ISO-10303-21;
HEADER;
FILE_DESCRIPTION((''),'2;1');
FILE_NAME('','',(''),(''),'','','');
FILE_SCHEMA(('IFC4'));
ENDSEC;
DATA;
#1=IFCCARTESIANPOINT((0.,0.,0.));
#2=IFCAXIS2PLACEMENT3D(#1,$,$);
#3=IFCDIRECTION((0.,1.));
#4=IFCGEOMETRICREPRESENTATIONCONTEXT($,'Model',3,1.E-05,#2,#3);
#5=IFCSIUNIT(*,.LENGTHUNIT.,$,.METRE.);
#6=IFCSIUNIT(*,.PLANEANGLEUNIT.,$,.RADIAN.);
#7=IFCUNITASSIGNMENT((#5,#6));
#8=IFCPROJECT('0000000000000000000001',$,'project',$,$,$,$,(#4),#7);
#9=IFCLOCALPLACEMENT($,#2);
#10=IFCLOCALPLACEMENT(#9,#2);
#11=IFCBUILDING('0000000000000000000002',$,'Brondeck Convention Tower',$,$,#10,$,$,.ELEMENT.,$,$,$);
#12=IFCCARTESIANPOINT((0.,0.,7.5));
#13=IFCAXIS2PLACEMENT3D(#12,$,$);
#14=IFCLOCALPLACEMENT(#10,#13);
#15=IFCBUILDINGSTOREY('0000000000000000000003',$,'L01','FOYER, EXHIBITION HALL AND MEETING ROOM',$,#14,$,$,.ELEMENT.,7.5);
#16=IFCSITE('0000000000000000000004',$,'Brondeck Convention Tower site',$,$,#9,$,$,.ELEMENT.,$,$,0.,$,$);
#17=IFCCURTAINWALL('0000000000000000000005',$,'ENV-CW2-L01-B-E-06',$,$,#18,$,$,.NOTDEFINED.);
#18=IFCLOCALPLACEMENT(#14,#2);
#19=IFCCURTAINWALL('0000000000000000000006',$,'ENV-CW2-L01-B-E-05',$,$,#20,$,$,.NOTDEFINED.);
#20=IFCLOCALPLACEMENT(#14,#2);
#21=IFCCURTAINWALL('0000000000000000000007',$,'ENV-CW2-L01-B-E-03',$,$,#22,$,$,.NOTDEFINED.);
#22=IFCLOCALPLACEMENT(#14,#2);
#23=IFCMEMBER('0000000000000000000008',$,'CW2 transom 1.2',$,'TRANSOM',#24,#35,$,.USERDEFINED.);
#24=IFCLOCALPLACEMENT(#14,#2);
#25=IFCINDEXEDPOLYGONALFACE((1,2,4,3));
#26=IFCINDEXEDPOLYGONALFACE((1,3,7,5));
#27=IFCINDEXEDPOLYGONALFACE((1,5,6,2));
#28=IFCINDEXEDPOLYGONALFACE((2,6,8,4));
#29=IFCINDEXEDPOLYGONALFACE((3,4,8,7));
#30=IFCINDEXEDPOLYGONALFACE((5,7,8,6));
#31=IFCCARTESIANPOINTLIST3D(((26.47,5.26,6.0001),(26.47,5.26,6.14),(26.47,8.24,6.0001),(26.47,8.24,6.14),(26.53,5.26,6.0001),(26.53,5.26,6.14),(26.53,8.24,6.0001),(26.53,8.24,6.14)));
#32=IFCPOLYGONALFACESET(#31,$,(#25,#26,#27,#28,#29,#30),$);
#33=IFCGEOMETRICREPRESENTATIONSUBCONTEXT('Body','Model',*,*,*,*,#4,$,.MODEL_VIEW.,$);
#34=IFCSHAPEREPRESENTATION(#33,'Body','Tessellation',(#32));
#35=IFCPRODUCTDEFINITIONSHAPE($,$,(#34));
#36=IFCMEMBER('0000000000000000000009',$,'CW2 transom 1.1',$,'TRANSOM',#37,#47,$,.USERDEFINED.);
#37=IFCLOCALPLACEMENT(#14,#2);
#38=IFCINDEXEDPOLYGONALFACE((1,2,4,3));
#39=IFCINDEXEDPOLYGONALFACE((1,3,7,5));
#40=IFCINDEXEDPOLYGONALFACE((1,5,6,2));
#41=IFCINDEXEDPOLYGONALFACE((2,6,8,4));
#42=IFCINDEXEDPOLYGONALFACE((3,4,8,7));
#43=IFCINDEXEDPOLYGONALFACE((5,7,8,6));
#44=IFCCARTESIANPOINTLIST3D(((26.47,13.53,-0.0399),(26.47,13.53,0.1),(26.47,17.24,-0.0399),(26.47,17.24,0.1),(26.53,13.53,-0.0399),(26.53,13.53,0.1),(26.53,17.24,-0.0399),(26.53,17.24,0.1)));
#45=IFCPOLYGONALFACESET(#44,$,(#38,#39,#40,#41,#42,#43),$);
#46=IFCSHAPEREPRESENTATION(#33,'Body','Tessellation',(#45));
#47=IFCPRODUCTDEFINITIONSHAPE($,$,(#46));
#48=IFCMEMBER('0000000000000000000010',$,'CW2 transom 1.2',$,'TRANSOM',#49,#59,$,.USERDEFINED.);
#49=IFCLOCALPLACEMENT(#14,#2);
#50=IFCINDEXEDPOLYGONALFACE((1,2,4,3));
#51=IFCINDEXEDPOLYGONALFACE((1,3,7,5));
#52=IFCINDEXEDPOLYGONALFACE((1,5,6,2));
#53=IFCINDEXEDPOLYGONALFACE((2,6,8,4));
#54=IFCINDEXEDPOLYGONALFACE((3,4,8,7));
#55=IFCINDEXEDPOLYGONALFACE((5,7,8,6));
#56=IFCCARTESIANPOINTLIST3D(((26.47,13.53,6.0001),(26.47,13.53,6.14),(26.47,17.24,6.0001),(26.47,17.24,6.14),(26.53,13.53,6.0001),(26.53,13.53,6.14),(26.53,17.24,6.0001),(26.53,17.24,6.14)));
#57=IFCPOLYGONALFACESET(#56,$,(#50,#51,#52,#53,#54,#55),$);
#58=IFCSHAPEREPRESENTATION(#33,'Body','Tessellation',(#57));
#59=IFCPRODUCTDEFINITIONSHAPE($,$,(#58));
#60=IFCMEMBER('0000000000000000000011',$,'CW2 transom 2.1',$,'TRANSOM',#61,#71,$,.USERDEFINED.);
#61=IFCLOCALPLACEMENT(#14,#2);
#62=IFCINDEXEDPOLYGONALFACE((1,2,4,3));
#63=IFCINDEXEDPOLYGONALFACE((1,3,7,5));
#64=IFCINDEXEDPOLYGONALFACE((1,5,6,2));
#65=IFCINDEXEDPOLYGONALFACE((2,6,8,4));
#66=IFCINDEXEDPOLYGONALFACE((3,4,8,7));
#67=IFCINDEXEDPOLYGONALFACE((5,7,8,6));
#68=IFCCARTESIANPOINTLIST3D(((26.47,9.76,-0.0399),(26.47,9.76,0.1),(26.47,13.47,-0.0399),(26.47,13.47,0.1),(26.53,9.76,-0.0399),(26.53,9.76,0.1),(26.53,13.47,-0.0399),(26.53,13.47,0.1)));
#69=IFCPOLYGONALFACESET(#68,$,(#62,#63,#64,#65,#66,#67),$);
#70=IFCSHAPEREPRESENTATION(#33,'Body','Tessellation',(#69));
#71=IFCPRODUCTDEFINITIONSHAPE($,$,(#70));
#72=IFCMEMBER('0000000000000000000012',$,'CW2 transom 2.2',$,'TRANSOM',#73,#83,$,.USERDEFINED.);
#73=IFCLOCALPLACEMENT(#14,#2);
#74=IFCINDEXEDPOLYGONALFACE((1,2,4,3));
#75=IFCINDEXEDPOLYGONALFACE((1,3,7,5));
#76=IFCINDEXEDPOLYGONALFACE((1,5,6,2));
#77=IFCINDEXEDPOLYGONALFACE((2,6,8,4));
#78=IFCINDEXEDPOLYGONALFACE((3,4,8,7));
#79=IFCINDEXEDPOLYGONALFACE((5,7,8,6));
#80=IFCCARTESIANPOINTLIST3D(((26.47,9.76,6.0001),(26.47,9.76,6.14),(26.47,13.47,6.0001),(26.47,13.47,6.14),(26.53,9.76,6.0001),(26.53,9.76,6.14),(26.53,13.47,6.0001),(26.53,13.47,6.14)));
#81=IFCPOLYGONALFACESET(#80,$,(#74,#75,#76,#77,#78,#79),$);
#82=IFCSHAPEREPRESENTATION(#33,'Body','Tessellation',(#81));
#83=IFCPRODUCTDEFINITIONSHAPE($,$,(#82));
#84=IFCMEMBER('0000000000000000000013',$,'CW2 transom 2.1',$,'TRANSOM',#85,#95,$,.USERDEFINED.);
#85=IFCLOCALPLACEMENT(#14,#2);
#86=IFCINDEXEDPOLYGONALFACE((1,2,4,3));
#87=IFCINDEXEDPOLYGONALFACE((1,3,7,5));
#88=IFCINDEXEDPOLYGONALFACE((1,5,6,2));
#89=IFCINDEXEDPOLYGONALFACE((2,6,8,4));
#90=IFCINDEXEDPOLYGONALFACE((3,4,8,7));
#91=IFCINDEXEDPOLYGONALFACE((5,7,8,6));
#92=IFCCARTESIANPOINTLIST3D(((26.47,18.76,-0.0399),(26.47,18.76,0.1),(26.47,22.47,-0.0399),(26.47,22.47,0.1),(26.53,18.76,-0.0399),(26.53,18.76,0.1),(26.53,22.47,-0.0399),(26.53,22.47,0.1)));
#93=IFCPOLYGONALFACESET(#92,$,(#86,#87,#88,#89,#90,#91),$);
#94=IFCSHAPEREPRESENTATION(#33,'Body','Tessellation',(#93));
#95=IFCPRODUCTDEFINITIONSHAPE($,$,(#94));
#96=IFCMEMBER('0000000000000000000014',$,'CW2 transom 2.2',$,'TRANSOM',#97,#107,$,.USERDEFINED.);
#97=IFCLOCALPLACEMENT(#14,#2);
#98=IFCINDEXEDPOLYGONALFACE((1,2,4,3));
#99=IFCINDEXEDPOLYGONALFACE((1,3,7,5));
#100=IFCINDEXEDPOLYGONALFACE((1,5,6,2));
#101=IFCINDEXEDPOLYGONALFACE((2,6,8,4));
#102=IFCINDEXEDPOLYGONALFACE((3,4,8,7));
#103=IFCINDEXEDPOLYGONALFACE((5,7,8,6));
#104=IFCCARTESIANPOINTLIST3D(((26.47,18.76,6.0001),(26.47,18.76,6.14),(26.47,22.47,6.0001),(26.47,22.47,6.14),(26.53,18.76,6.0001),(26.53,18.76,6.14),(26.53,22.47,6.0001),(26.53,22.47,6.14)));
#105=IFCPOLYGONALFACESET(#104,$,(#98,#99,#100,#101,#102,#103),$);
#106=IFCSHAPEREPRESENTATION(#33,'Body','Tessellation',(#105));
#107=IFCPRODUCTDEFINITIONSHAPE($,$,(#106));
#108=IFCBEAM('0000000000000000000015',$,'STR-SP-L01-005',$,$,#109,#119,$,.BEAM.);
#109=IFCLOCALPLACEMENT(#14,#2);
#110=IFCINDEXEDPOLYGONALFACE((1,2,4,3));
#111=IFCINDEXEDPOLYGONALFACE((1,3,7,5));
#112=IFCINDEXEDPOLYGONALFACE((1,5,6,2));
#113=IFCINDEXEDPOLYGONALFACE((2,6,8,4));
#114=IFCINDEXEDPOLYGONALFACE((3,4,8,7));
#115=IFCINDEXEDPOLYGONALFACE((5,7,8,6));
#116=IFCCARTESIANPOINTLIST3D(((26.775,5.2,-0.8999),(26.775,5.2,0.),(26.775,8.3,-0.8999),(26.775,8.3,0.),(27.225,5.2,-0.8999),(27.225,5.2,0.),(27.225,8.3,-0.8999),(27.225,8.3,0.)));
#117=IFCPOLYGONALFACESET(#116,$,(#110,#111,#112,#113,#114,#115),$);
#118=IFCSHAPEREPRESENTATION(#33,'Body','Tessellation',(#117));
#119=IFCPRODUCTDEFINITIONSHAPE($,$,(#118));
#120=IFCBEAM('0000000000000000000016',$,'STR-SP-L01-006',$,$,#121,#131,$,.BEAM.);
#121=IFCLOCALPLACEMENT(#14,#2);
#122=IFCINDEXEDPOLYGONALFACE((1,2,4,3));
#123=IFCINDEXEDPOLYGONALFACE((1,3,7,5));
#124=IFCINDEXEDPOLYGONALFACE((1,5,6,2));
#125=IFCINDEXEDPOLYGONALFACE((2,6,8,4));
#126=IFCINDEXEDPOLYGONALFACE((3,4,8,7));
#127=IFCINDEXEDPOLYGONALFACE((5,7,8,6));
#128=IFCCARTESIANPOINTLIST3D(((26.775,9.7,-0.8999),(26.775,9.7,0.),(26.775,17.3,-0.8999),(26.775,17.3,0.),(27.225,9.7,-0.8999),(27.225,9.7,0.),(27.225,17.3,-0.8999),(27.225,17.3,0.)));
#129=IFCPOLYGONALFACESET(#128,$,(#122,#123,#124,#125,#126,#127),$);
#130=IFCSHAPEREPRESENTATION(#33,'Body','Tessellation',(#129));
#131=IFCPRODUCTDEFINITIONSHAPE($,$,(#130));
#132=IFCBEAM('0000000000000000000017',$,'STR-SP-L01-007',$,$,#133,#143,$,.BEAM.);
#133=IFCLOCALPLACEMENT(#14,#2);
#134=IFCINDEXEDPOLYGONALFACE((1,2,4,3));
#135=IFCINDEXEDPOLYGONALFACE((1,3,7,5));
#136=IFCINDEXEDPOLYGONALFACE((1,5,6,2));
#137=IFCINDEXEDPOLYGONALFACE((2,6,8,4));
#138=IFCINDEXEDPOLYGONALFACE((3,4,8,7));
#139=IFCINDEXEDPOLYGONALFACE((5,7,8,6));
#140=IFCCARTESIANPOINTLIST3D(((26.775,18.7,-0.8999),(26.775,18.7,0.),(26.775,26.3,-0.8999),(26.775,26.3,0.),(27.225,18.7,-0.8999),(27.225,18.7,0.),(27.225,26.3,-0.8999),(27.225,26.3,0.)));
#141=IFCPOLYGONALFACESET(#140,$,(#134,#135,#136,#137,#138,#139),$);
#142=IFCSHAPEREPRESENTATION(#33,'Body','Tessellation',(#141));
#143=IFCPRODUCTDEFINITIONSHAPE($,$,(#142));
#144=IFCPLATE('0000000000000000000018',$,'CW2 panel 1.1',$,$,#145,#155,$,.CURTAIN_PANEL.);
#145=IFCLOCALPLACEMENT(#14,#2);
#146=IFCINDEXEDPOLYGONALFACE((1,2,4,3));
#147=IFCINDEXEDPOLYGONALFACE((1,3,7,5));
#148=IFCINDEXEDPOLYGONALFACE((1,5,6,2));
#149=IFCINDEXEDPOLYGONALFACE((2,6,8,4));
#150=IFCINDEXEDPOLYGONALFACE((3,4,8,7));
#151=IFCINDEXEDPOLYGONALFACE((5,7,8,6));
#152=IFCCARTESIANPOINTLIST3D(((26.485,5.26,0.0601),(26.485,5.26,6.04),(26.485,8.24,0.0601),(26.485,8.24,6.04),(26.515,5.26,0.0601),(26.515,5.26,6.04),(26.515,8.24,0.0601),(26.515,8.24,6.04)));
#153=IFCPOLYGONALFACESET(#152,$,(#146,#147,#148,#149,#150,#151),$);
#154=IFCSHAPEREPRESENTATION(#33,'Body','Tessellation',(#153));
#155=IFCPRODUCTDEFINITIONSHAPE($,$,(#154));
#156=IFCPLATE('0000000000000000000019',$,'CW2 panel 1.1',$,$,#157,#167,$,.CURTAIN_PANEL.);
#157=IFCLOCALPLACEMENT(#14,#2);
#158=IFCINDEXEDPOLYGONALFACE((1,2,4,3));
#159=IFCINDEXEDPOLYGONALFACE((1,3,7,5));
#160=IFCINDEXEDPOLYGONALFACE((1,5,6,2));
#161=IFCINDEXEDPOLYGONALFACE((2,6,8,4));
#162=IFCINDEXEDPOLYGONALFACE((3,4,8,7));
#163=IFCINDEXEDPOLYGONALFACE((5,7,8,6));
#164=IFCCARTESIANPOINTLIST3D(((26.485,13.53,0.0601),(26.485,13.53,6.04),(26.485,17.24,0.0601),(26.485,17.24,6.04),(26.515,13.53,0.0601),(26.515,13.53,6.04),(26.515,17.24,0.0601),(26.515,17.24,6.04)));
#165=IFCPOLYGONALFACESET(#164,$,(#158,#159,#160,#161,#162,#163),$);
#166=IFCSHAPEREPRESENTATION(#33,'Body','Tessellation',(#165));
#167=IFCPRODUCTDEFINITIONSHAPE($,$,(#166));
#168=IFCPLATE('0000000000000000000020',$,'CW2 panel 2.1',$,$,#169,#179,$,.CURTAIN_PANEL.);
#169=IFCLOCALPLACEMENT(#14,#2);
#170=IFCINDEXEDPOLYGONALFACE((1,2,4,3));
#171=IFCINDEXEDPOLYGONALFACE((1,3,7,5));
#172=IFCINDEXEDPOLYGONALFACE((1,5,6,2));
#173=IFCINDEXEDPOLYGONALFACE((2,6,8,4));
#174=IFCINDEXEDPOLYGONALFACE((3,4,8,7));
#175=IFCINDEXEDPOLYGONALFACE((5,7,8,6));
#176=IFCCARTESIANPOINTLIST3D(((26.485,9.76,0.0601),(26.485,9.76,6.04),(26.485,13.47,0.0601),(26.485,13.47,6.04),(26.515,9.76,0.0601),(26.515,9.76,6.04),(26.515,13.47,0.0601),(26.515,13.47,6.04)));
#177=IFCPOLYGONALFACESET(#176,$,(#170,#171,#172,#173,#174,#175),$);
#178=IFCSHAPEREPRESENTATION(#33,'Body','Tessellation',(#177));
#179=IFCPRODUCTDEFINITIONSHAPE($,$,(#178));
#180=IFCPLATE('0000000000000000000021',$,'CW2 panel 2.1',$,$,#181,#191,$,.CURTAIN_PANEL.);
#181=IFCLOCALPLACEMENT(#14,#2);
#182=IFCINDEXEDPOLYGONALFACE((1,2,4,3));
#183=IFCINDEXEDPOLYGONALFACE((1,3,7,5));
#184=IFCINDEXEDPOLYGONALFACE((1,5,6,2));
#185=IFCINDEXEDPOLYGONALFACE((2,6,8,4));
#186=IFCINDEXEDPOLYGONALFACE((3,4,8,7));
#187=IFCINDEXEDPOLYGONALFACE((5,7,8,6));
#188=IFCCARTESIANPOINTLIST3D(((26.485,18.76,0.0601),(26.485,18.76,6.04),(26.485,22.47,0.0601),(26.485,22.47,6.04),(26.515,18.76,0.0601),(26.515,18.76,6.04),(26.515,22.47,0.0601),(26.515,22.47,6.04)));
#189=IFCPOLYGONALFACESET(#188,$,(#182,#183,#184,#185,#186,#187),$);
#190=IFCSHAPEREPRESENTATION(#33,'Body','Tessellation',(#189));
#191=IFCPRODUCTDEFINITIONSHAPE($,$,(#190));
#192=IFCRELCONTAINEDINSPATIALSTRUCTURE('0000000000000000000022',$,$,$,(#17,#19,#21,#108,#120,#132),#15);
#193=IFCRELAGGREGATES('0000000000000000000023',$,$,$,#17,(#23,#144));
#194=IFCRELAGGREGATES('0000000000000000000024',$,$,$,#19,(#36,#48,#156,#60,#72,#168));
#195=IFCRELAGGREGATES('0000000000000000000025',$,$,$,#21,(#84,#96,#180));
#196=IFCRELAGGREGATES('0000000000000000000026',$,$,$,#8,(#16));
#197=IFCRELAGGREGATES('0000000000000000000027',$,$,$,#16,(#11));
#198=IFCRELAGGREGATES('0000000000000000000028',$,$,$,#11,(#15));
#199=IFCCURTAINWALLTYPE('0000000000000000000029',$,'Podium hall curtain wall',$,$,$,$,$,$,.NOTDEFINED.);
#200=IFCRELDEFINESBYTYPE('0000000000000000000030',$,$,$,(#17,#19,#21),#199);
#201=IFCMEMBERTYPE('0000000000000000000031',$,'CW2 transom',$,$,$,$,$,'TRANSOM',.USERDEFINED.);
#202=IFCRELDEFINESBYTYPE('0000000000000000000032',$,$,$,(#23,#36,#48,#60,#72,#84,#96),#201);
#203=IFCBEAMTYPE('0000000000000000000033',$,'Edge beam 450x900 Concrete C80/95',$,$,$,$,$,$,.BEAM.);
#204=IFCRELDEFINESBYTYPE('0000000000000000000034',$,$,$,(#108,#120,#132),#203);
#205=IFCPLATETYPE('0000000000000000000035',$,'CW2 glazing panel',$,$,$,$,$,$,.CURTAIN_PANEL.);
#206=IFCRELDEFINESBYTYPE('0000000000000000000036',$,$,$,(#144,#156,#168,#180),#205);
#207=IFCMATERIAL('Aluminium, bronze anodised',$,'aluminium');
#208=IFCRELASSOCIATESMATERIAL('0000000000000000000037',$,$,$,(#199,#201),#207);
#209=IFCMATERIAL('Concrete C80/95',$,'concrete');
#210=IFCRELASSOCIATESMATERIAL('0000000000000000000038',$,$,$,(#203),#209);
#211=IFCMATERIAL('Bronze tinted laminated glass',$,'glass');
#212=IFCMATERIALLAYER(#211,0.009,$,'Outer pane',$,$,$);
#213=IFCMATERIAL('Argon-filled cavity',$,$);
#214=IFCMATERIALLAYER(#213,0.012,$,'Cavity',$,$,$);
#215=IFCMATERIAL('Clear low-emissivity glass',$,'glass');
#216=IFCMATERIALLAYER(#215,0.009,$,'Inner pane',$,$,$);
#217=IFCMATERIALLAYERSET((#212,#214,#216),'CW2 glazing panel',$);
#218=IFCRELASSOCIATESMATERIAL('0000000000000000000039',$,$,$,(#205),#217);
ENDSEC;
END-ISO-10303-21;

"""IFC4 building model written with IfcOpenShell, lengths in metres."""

from ifc_helpers import new_model, si_unit, direction, frame, origin, origin_2d, place, context, subcontext, project, spatial, rectangle, extrude, material, layer, layer_set, material_profile, profile_set, type_object, element, aggregate, save


model = new_model("IFC4")

# Units and contexts
model_context = context("Model", 3, precision=1e-05, world=origin(), true_north=direction((0.0, 1.0)))
body_context = subcontext(model_context, "Body", "Model", "MODEL_VIEW")
ifc_project = project(units=[si_unit("LENGTHUNIT", "METRE"), si_unit("PLANEANGLEUNIT", "RADIAN")], contexts=[model_context])

# Site, building, storey
site_placement = place(None, origin())
site = spatial("IfcSite", under=ifc_project, at=site_placement, Name="Brondeck Convention Tower site", CompositionType="ELEMENT", RefElevation=0.0)
building_placement = place(site_placement, origin())
building = spatial("IfcBuilding", under=site, at=building_placement, Name="Brondeck Convention Tower", CompositionType="ELEMENT")
storey_placement = place(building_placement, frame((0.0, 0.0, 7.5)))
storey = spatial("IfcBuildingStorey", under=building, at=storey_placement, Name="L01", Description="FOYER, EXHIBITION HALL AND MEETING ROOM", CompositionType="ELEMENT", Elevation=7.5)

# Shared definitions
ifc_material_1 = material(Name="Concrete C80/95", Category="concrete")

# Curtain walls
ifc_material_2 = material(Name="Aluminium, bronze anodised", Category="aluminium")
curtain_wall_type = type_object("IfcCurtainWallType", Name="Podium hall curtain wall", PredefinedType="NOTDEFINED", material=ifc_material_2)
curtain_wall_1_placement = place(storey_placement, origin())
curtain_wall_1 = element("IfcCurtainWall", 1, at=curtain_wall_1_placement, inside=storey, type_object=curtain_wall_type, Name="ENV-CW2-L01-B-E-06", PredefinedType="NOTDEFINED")
curtain_wall_2_placement = place(storey_placement, origin())
curtain_wall_2 = element("IfcCurtainWall", 2, at=curtain_wall_2_placement, inside=storey, type_object=curtain_wall_type, Name="ENV-CW2-L01-B-E-05", PredefinedType="NOTDEFINED")
curtain_wall_3_placement = place(storey_placement, origin())
curtain_wall_3 = element("IfcCurtainWall", 3, at=curtain_wall_3_placement, inside=storey, type_object=curtain_wall_type, Name="ENV-CW2-L01-B-E-03", PredefinedType="NOTDEFINED")

# Members
ifc_material_profile_1 = material_profile(ifc_material_2, rectangle(XDim=0.0601, YDim=0.1399, at=origin_2d()), Name="CW2 transom")
ifc_profile_set_1 = profile_set([ifc_material_profile_1], Name="Aluminium, bronze anodised")
member_type_1 = type_object("IfcMemberType", Name="CW2 transom", ElementType="TRANSOM", PredefinedType="USERDEFINED", material=ifc_profile_set_1)
member_1_placement = place(storey_placement, frame((26.5, 8.24, 6.0701), z_axis=(0.0, -1.0, 0.0), x_axis=(1.0, 0.0, 0.0)))
member_1 = element("IfcMember", 4, at=member_1_placement, type_object=member_type_1, Name="CW2 transom 1.2", ObjectType="TRANSOM", PredefinedType="USERDEFINED", context=body_context, shape_type="SweptSolid", body=[
    extrude(rectangle(XDim=0.0601, YDim=0.1399, at=origin_2d()), origin(), (0.0, 0.0, 1.0), 2.98),
])
member_2_placement = place(storey_placement, frame((26.5, 17.24, 0.03), z_axis=(0.0, -1.0, 0.0), x_axis=(1.0, 0.0, 0.0)))
member_2 = element("IfcMember", 5, at=member_2_placement, type_object=member_type_1, Name="CW2 transom 1.1", ObjectType="TRANSOM", PredefinedType="USERDEFINED", context=body_context, shape_type="SweptSolid", body=[
    extrude(rectangle(XDim=0.0601, YDim=0.1399, at=origin_2d()), origin(), (0.0, 0.0, 1.0), 3.71),
])
member_3_placement = place(storey_placement, frame((26.5, 17.24, 6.0701), z_axis=(0.0, -1.0, 0.0), x_axis=(1.0, 0.0, 0.0)))
member_3 = element("IfcMember", 6, at=member_3_placement, type_object=member_type_1, Name="CW2 transom 1.2", ObjectType="TRANSOM", PredefinedType="USERDEFINED", context=body_context, shape_type="SweptSolid", body=[
    extrude(rectangle(XDim=0.0601, YDim=0.1399, at=origin_2d()), origin(), (0.0, 0.0, 1.0), 3.71),
])
member_4_placement = place(storey_placement, frame((26.5, 13.47, 0.03), z_axis=(0.0, -1.0, 0.0), x_axis=(1.0, 0.0, 0.0)))
member_4 = element("IfcMember", 7, at=member_4_placement, type_object=member_type_1, Name="CW2 transom 2.1", ObjectType="TRANSOM", PredefinedType="USERDEFINED", context=body_context, shape_type="SweptSolid", body=[
    extrude(rectangle(XDim=0.0601, YDim=0.1399, at=origin_2d()), origin(), (0.0, 0.0, 1.0), 3.71),
])
member_5_placement = place(storey_placement, frame((26.5, 13.47, 6.0701), z_axis=(0.0, -1.0, 0.0), x_axis=(1.0, 0.0, 0.0)))
member_5 = element("IfcMember", 8, at=member_5_placement, type_object=member_type_1, Name="CW2 transom 2.2", ObjectType="TRANSOM", PredefinedType="USERDEFINED", context=body_context, shape_type="SweptSolid", body=[
    extrude(rectangle(XDim=0.0601, YDim=0.1399, at=origin_2d()), origin(), (0.0, 0.0, 1.0), 3.71),
])
member_6_placement = place(storey_placement, frame((26.5, 22.47, 0.03), z_axis=(0.0, -1.0, 0.0), x_axis=(1.0, 0.0, 0.0)))
member_6 = element("IfcMember", 9, at=member_6_placement, type_object=member_type_1, Name="CW2 transom 2.1", ObjectType="TRANSOM", PredefinedType="USERDEFINED", context=body_context, shape_type="SweptSolid", body=[
    extrude(rectangle(XDim=0.0601, YDim=0.1399, at=origin_2d()), origin(), (0.0, 0.0, 1.0), 3.71),
])
member_7_placement = place(storey_placement, frame((26.5, 22.47, 6.0701), z_axis=(0.0, -1.0, 0.0), x_axis=(1.0, 0.0, 0.0)))
member_7 = element("IfcMember", 10, at=member_7_placement, type_object=member_type_1, Name="CW2 transom 2.2", ObjectType="TRANSOM", PredefinedType="USERDEFINED", context=body_context, shape_type="SweptSolid", body=[
    extrude(rectangle(XDim=0.0601, YDim=0.1399, at=origin_2d()), origin(), (0.0, 0.0, 1.0), 3.71),
])

# Beams
ifc_material_profile_2 = material_profile(ifc_material_1, rectangle(XDim=0.45, YDim=0.8999, at=origin_2d()), Name="Edge beam 450x900 Concrete C80/95")
ifc_profile_set_2 = profile_set([ifc_material_profile_2], Name="Concrete C80/95")
beam_type = type_object("IfcBeamType", Name="Edge beam 450x900 Concrete C80/95", PredefinedType="BEAM", material=ifc_profile_set_2)
beam_placement = place(storey_placement, frame((27.0, 5.2, -0.45), z_axis=(0.0, 1.0, 0.0), x_axis=(-1.0, 0.0, 0.0)))
element("IfcBeam", 11, at=beam_placement, inside=storey, type_object=beam_type, Name="STR-SP-L01-005", PredefinedType="BEAM", context=body_context, shape_type="SweptSolid", body=[
    extrude(rectangle(XDim=0.45, YDim=0.8999, at=origin_2d()), origin(), (0.0, 0.0, 1.0), 3.1001),
])
for number, where, z_axis, x_axis, name in (
    (12, (27.0, 9.7, -0.45), (0.0, 1.0, 0.0), (-1.0, 0.0, 0.0), "STR-SP-L01-006"),
    (13, (27.0, 18.7, -0.45), (0.0, 1.0, 0.0), (-1.0, 0.0, 0.0), "STR-SP-L01-007"),
):
    element("IfcBeam", number, at=place(storey_placement, frame(where, z_axis=z_axis, x_axis=x_axis)), inside=storey, type_object=beam_type, Name=name, PredefinedType="BEAM", context=body_context, shape_type="SweptSolid", body=[
        extrude(rectangle(XDim=0.45, YDim=0.8999, at=origin_2d()), origin(), (0.0, 0.0, 1.0), 7.6001),
    ])

# Plates
ifc_material_3 = material(Name="Bronze tinted laminated glass", Category="glass")
ifc_layer_1 = layer(ifc_material_3, 0.009, Name="Outer pane")
ifc_material_4 = material(Name="Argon-filled cavity")
ifc_layer_2 = layer(ifc_material_4, 0.012, Name="Cavity")
ifc_material_5 = material(Name="Clear low-emissivity glass", Category="glass")
ifc_layer_3 = layer(ifc_material_5, 0.009, Name="Inner pane")
ifc_layer_set_1 = layer_set([ifc_layer_1, ifc_layer_2, ifc_layer_3], Name="CW2 glazing panel")
plate_type = type_object("IfcPlateType", Name="CW2 glazing panel", PredefinedType="CURTAIN_PANEL", material=ifc_layer_set_1)
plate_1_placement = place(storey_placement, frame((26.5, 6.75, 0.0601), z_axis=(0.0, 0.0, 1.0), x_axis=(0.0, -1.0, 0.0)))
plate_1 = element("IfcPlate", 14, at=plate_1_placement, type_object=plate_type, Name="CW2 panel 1.1", PredefinedType="CURTAIN_PANEL", context=body_context, shape_type="SweptSolid", body=[
    extrude(rectangle(XDim=2.98, YDim=0.03, at=origin_2d()), origin(), (0.0, 0.0, 1.0), 5.98),
])
aggregate(curtain_wall_1, [member_1, plate_1])
plate_2_placement = place(storey_placement, frame((26.5, 15.385, 0.0601), z_axis=(0.0, 0.0, 1.0), x_axis=(0.0, -1.0, 0.0)))
plate_2 = element("IfcPlate", 15, at=plate_2_placement, type_object=plate_type, Name="CW2 panel 1.1", PredefinedType="CURTAIN_PANEL", context=body_context, shape_type="SweptSolid", body=[
    extrude(rectangle(XDim=3.71, YDim=0.03, at=origin_2d()), origin(), (0.0, 0.0, 1.0), 5.98),
])
plate_3_placement = place(storey_placement, frame((26.5, 11.615, 0.0601), z_axis=(0.0, 0.0, 1.0), x_axis=(0.0, -1.0, 0.0)))
plate_3 = element("IfcPlate", 16, at=plate_3_placement, type_object=plate_type, Name="CW2 panel 2.1", PredefinedType="CURTAIN_PANEL", context=body_context, shape_type="SweptSolid", body=[
    extrude(rectangle(XDim=3.71, YDim=0.03, at=origin_2d()), origin(), (0.0, 0.0, 1.0), 5.98),
])
aggregate(curtain_wall_2, [member_2, member_3, plate_2, member_4, member_5, plate_3])
plate_4_placement = place(storey_placement, frame((26.5, 20.615, 0.0601), z_axis=(0.0, 0.0, 1.0), x_axis=(0.0, -1.0, 0.0)))
plate_4 = element("IfcPlate", 17, at=plate_4_placement, type_object=plate_type, Name="CW2 panel 2.1", PredefinedType="CURTAIN_PANEL", context=body_context, shape_type="SweptSolid", body=[
    extrude(rectangle(XDim=3.71, YDim=0.03, at=origin_2d()), origin(), (0.0, 0.0, 1.0), 5.98),
])
aggregate(curtain_wall_3, [member_6, member_7, plate_4])

save(model, "model.ifc")
